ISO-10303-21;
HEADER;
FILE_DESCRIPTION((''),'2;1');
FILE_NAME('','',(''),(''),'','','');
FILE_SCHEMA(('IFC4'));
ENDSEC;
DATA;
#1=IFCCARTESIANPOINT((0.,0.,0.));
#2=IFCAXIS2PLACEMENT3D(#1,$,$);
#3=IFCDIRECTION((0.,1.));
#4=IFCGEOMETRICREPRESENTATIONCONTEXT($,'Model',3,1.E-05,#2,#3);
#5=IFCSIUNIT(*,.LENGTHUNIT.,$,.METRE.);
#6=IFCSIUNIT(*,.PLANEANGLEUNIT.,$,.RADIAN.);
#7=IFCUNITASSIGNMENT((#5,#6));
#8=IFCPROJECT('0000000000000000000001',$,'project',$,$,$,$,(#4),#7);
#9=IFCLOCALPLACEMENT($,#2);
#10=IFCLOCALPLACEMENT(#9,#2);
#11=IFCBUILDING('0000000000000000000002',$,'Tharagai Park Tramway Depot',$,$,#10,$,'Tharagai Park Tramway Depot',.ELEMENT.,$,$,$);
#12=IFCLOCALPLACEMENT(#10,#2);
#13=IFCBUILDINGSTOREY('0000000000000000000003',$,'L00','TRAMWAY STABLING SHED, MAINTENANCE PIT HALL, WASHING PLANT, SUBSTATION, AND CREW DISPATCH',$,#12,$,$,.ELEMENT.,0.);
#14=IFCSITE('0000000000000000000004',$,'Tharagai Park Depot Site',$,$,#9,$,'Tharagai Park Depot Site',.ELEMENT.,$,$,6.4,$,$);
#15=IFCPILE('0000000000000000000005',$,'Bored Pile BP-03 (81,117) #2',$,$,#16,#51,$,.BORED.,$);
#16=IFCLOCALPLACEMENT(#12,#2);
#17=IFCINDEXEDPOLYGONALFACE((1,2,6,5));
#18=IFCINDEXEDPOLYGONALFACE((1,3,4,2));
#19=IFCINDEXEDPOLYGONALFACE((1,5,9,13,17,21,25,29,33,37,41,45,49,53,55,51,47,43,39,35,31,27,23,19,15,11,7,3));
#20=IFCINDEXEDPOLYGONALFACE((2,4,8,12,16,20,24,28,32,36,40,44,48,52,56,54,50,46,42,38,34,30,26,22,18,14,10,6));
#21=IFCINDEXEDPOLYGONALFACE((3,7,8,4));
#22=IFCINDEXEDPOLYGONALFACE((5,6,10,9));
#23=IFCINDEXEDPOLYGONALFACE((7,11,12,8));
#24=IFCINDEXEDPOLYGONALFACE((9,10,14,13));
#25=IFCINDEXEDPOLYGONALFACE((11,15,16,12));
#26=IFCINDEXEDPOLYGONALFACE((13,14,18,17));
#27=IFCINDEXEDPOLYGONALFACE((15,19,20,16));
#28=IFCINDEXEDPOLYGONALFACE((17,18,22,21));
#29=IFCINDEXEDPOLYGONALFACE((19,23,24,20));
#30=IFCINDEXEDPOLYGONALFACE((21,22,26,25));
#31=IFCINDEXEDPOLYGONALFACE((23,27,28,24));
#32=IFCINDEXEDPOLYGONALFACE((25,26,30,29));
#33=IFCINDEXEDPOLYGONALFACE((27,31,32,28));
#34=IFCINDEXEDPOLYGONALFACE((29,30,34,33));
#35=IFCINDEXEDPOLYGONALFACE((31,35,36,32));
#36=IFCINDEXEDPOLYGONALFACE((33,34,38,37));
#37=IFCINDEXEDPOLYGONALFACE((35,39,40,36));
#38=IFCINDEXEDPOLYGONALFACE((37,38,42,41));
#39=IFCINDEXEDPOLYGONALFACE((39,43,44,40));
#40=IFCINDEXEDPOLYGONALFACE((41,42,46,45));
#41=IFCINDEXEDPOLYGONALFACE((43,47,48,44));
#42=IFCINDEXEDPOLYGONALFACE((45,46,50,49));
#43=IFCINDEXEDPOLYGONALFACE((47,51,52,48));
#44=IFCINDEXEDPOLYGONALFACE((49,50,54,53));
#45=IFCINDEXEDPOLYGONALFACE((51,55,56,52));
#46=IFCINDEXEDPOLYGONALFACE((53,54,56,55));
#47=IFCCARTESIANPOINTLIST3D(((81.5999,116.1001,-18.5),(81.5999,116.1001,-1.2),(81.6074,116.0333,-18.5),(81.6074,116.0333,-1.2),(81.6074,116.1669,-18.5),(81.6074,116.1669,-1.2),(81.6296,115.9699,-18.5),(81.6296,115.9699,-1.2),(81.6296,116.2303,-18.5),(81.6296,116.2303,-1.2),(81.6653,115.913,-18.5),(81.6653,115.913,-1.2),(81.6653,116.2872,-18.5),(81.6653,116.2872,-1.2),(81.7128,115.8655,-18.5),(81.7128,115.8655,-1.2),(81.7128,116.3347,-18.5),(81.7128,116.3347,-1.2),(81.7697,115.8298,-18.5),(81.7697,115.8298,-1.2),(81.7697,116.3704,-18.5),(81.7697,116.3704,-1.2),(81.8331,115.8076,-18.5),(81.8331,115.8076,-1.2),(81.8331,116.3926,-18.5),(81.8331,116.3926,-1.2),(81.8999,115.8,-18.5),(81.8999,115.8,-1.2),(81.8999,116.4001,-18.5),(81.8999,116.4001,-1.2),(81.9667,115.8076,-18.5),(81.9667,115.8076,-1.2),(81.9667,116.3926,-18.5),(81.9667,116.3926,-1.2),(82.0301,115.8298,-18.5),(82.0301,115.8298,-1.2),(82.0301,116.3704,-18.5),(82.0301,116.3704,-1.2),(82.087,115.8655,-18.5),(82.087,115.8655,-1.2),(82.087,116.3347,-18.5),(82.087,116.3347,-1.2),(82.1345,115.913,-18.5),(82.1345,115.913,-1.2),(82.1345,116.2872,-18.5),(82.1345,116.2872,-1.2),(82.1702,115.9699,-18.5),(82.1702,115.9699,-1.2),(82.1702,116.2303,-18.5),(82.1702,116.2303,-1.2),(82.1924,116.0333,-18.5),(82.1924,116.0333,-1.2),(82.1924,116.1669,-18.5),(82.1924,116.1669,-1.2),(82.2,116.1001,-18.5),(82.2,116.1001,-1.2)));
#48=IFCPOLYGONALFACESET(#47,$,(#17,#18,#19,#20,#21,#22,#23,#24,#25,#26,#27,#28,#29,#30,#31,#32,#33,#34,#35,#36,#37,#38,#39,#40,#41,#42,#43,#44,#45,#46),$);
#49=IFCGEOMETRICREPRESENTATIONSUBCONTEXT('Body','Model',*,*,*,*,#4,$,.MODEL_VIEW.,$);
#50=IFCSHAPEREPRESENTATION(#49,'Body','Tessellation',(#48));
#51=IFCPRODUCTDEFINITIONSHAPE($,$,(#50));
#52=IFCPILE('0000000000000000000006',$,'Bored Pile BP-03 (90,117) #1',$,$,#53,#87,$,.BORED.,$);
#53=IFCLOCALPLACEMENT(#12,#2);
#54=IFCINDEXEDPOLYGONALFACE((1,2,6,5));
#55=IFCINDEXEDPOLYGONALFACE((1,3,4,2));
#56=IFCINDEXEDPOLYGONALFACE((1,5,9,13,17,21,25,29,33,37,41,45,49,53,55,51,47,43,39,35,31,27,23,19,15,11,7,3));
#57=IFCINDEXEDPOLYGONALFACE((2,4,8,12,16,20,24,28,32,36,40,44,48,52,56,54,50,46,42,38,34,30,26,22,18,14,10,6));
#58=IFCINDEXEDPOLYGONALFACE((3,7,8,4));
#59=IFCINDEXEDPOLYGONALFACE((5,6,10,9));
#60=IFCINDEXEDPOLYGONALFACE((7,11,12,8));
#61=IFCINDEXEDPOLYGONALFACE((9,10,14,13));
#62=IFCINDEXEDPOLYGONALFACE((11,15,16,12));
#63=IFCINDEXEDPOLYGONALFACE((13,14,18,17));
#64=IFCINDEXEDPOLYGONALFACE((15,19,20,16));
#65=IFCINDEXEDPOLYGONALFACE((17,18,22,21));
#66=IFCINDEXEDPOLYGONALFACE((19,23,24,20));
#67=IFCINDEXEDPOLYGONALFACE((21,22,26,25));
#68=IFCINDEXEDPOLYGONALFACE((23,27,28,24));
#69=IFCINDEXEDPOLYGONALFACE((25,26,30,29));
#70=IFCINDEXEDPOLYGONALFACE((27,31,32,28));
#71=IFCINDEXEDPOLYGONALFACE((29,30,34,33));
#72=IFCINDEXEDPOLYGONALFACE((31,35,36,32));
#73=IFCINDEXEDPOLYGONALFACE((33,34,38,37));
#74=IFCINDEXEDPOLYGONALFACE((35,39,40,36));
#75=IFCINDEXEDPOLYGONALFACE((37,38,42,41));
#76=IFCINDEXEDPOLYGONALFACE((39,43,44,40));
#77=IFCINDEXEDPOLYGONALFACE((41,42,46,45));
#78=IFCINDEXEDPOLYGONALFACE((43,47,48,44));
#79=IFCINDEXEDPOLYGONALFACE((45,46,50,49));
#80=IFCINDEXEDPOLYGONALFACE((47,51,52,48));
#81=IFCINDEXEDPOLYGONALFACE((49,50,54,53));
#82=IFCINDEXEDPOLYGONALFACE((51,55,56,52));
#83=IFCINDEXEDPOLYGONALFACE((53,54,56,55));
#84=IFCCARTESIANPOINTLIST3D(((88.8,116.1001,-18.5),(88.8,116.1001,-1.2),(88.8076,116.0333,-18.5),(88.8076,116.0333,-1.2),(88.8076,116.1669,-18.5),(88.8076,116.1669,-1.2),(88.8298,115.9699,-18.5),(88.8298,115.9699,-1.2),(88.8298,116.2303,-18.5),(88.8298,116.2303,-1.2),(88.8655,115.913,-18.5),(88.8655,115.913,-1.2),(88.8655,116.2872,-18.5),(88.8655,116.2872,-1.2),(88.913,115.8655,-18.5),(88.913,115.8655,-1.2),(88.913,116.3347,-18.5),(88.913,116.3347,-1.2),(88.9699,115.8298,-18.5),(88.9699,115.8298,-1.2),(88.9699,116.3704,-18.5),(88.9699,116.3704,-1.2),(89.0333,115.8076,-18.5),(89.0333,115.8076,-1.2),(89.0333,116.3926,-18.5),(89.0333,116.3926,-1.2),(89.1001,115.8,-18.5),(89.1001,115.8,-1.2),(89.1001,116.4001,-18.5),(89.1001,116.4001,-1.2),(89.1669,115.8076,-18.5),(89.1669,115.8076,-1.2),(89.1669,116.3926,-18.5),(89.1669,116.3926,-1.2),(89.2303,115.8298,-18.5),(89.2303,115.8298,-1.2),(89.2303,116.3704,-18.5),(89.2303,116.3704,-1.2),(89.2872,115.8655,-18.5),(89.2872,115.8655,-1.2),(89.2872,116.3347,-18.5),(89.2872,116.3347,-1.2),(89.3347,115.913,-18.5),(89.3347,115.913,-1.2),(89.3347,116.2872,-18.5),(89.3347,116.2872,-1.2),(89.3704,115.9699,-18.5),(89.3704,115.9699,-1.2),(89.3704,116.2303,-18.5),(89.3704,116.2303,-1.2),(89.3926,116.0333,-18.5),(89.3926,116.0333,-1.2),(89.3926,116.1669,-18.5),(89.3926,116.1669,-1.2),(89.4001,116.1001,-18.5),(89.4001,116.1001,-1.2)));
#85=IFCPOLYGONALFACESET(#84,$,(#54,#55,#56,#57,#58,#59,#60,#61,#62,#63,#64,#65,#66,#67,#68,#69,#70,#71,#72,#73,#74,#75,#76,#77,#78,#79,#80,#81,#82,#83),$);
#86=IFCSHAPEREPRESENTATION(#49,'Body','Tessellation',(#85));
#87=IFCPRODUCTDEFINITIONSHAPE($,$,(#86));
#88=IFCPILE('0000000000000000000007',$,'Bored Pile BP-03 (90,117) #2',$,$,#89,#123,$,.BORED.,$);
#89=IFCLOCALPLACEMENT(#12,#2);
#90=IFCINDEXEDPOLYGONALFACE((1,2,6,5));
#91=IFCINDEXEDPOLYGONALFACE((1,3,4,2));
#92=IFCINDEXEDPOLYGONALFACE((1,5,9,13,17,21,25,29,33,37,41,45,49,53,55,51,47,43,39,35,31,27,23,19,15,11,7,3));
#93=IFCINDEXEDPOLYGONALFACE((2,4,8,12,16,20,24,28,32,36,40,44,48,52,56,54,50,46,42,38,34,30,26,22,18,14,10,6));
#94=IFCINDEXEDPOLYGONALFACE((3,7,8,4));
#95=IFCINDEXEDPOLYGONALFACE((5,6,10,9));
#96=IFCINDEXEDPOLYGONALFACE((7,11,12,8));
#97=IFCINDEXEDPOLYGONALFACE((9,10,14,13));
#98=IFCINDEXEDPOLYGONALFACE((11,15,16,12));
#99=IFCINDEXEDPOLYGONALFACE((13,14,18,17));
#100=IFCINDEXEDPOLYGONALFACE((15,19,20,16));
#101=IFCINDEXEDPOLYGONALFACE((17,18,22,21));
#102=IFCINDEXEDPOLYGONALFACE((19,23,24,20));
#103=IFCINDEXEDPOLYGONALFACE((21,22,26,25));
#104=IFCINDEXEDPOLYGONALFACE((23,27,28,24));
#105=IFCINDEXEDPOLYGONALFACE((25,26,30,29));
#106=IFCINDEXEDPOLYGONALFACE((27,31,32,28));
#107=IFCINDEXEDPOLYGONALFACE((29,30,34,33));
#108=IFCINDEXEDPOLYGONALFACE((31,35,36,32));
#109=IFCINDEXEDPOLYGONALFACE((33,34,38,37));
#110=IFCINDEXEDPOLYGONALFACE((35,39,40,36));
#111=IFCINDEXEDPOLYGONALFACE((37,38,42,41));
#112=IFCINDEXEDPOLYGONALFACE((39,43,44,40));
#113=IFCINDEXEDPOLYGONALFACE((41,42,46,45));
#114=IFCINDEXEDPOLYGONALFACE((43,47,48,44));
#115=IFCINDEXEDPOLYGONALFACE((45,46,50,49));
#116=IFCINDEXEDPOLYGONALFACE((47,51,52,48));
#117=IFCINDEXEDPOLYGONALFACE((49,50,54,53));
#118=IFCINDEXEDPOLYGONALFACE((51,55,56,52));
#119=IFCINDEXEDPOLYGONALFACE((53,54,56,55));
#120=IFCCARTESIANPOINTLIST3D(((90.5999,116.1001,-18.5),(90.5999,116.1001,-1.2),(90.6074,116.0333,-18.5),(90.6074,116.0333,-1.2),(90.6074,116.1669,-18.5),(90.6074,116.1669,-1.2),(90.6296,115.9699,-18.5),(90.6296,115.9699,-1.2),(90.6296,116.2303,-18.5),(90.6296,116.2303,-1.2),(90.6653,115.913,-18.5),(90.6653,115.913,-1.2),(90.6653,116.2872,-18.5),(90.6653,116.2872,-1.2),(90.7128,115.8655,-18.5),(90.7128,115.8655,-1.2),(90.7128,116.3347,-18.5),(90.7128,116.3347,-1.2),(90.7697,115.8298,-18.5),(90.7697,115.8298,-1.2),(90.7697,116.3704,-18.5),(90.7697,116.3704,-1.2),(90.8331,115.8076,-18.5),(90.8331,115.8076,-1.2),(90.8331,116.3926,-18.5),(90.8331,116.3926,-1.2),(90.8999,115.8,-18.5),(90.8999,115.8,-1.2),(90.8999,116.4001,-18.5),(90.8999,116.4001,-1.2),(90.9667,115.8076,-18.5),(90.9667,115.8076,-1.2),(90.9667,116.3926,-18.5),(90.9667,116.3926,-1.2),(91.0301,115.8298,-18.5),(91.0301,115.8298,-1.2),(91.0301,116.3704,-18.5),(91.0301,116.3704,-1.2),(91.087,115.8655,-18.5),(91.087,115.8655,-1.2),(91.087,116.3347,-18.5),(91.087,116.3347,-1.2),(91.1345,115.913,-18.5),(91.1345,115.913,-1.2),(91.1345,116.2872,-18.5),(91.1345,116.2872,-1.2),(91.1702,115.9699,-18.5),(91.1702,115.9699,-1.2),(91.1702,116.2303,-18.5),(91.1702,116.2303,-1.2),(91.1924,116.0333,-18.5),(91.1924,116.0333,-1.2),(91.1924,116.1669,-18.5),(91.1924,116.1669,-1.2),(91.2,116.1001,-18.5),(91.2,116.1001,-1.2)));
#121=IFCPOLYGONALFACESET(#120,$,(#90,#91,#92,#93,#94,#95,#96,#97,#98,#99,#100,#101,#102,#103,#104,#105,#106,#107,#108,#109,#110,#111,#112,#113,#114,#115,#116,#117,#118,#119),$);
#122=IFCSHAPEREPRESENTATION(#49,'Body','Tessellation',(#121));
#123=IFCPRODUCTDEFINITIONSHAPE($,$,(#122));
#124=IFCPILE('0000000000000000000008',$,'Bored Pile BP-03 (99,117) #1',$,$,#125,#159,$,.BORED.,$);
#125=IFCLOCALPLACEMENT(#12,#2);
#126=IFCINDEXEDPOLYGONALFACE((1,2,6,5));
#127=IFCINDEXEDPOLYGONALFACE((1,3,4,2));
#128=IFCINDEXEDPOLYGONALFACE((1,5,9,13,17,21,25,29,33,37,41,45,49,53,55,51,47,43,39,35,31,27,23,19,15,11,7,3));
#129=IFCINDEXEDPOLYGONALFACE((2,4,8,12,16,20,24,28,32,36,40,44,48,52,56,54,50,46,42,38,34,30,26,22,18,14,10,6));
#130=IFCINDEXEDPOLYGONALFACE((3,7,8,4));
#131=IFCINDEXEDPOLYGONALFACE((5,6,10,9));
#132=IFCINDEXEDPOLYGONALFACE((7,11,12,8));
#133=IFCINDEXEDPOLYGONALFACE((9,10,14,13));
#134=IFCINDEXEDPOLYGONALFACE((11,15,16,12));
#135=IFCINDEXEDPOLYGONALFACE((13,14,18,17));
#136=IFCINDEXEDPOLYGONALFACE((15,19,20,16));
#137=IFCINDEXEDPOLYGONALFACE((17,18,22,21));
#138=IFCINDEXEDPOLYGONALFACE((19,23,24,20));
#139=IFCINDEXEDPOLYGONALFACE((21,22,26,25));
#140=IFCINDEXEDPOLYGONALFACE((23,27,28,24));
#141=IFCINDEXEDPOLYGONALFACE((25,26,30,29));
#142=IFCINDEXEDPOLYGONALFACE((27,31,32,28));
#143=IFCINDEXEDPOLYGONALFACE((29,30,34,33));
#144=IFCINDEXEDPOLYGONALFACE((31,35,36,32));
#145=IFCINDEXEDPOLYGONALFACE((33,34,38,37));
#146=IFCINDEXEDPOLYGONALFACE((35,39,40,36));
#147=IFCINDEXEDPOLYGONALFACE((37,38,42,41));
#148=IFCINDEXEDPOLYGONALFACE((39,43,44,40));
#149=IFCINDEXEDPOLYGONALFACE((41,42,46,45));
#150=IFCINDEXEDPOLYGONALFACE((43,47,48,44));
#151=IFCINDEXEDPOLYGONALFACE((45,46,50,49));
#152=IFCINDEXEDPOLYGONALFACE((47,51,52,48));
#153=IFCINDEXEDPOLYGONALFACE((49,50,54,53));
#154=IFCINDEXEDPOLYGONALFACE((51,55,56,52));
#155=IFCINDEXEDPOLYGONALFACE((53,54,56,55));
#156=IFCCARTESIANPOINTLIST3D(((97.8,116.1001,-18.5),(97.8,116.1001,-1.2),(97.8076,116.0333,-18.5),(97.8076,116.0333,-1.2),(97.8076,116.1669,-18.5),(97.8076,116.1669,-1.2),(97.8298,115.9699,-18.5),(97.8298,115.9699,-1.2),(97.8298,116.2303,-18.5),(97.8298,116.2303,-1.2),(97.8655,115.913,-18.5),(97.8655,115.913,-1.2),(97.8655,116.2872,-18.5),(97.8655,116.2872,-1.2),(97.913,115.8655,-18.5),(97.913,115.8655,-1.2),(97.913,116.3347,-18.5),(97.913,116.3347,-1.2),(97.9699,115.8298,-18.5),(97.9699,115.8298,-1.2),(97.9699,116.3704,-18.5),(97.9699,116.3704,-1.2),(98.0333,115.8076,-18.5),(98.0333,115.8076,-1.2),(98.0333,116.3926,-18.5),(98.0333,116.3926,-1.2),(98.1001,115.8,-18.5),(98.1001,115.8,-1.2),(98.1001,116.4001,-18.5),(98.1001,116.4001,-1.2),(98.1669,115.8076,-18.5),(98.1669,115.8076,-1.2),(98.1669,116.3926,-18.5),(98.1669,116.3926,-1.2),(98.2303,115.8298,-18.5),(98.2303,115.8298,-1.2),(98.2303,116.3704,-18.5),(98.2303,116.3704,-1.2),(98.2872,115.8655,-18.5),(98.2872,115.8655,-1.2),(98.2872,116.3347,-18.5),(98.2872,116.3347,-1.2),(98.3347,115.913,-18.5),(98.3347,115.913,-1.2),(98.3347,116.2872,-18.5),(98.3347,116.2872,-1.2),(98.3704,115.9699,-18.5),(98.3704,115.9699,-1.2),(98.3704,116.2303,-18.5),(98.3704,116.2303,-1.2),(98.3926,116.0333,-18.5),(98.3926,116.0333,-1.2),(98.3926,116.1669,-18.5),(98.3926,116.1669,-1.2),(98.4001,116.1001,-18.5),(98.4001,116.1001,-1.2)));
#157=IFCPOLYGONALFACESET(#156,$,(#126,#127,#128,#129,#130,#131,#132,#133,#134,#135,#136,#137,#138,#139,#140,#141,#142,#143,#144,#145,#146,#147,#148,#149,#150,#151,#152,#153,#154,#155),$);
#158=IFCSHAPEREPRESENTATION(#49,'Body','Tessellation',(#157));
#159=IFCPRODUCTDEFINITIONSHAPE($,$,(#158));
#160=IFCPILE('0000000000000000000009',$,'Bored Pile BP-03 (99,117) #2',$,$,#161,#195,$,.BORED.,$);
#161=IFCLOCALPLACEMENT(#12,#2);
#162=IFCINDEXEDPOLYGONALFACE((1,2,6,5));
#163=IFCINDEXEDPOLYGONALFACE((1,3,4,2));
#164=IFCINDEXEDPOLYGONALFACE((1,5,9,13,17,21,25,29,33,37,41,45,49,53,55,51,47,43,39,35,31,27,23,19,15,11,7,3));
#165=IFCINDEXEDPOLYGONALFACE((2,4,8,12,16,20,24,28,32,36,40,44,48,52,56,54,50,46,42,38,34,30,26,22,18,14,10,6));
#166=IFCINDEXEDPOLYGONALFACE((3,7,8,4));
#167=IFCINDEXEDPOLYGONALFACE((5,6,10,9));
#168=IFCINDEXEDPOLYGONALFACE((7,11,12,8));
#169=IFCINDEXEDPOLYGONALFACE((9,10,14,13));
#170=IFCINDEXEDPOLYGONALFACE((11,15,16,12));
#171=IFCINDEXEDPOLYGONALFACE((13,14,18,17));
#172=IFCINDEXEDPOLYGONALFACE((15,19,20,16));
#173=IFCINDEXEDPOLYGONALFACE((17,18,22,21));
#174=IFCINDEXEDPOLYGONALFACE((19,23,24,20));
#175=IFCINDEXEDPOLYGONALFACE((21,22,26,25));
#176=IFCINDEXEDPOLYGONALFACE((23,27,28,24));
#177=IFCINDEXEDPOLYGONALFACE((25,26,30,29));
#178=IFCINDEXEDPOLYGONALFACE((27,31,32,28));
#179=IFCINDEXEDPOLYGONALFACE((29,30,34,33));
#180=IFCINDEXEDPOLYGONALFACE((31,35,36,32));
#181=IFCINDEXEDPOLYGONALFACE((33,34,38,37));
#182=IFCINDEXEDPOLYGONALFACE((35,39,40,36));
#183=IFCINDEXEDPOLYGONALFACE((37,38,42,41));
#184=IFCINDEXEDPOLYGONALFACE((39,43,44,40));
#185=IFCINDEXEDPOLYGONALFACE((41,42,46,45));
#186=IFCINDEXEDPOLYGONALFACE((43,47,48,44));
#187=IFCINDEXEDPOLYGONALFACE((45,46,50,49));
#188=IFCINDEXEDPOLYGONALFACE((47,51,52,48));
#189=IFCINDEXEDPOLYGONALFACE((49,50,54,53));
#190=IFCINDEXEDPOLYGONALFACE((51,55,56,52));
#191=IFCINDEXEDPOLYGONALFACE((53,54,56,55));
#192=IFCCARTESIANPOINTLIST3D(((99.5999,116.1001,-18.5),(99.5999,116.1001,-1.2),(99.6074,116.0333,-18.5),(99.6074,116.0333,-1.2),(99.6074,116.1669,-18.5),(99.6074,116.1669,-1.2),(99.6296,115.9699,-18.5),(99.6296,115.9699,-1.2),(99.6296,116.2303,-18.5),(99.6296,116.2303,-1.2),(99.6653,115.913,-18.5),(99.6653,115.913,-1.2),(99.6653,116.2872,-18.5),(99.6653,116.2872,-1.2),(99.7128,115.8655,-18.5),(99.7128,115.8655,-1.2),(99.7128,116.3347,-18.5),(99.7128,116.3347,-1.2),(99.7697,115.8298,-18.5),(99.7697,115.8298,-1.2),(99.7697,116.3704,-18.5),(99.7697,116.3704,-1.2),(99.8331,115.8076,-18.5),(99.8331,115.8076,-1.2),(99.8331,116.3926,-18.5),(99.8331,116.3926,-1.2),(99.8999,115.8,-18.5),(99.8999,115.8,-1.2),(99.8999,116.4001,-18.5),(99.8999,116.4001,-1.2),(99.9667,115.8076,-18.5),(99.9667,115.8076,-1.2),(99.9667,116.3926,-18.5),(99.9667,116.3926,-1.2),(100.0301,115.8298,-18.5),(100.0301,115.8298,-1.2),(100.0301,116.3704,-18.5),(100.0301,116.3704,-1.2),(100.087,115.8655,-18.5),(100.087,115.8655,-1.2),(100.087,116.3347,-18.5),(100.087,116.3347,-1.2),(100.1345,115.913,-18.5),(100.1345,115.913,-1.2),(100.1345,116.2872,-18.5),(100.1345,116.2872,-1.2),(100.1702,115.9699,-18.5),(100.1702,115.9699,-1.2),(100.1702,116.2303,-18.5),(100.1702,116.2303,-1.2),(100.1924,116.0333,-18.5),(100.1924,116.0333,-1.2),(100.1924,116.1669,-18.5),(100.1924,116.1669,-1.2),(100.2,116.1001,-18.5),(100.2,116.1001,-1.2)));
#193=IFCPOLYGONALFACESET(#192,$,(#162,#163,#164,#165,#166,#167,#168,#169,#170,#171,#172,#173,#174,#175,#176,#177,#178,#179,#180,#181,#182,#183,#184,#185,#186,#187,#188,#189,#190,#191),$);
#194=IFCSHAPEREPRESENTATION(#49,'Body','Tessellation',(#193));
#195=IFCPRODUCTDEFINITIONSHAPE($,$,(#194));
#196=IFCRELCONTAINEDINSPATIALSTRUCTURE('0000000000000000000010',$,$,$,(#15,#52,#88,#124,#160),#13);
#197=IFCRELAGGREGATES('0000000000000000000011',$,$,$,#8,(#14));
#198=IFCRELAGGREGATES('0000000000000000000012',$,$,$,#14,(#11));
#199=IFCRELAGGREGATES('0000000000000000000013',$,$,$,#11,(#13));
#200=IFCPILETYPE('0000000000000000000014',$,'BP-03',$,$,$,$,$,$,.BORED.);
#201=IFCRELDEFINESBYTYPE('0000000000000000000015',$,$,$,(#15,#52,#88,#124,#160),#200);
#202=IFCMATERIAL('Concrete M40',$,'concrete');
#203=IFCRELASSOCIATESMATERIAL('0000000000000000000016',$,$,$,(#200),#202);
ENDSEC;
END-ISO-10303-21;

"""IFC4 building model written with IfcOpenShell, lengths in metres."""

from ifc_helpers import new_model, si_unit, direction, frame, origin, origin_2d, place, context, subcontext, project, spatial, circle, extrude, material, material_profile, profile_set, type_object, element, save


model = new_model("IFC4")

# Units and contexts
model_context = context("Model", 3, precision=1e-05, world=origin(), true_north=direction((0.0, 1.0)))
body_context = subcontext(model_context, "Body", "Model", "MODEL_VIEW")
ifc_project = project(units=[si_unit("LENGTHUNIT", "METRE"), si_unit("PLANEANGLEUNIT", "RADIAN")], contexts=[model_context])

# Site, building, storey
site_placement = place(None, origin())
site = spatial("IfcSite", under=ifc_project, at=site_placement, Name="Tharagai Park Depot Site", LongName="Tharagai Park Depot Site", CompositionType="ELEMENT", RefElevation=6.4)
building_placement = place(site_placement, origin())
building = spatial("IfcBuilding", under=site, at=building_placement, Name="Tharagai Park Tramway Depot", LongName="Tharagai Park Tramway Depot", CompositionType="ELEMENT")
storey_placement = place(building_placement, origin())
storey = spatial("IfcBuildingStorey", under=building, at=storey_placement, Name="L00", Description="TRAMWAY STABLING SHED, MAINTENANCE PIT HALL, WASHING PLANT, SUBSTATION, AND CREW DISPATCH", CompositionType="ELEMENT", Elevation=0.0)

# Piles
ifc_material_1 = material(Name="Concrete M40", Category="concrete")
ifc_material_profile_1 = material_profile(ifc_material_1, circle(Radius=0.3, at=origin_2d()), Name="PILE D600")
ifc_profile_set_1 = profile_set([ifc_material_profile_1], Name="Concrete M40")
pile_type_1 = type_object("IfcPileType", Name="BP-03", PredefinedType="BORED", material=ifc_profile_set_1)
for number, where, z_axis, x_axis, name in (
    (1, (81.8999, 116.1001, -1.2), (0.0, 0.0, -1.0), (1.0, 0.0, 0.0), "Bored Pile BP-03 (81,117) #2"),
    (2, (89.1001, 116.1001, -1.2), (0.0, 0.0, -1.0), (1.0, 0.0, 0.0), "Bored Pile BP-03 (90,117) #1"),
    (3, (90.8999, 116.1001, -1.2), (0.0, 0.0, -1.0), (1.0, 0.0, 0.0), "Bored Pile BP-03 (90,117) #2"),
    (4, (98.1001, 116.1001, -1.2), (0.0, 0.0, -1.0), (1.0, 0.0, 0.0), "Bored Pile BP-03 (99,117) #1"),
    (5, (99.8999, 116.1001, -1.2), (0.0, 0.0, -1.0), (1.0, 0.0, 0.0), "Bored Pile BP-03 (99,117) #2"),
):
    element("IfcPile", number, at=place(storey_placement, frame(where, z_axis=z_axis, x_axis=x_axis)), inside=storey, type_object=pile_type_1, Name=name, PredefinedType="BORED", context=body_context, shape_type="SweptSolid", body=[
        extrude(circle(Radius=0.3, at=origin_2d()), origin(), (0.0, 0.0, 1.0), 17.3),
    ])

save(model, "model.ifc")
